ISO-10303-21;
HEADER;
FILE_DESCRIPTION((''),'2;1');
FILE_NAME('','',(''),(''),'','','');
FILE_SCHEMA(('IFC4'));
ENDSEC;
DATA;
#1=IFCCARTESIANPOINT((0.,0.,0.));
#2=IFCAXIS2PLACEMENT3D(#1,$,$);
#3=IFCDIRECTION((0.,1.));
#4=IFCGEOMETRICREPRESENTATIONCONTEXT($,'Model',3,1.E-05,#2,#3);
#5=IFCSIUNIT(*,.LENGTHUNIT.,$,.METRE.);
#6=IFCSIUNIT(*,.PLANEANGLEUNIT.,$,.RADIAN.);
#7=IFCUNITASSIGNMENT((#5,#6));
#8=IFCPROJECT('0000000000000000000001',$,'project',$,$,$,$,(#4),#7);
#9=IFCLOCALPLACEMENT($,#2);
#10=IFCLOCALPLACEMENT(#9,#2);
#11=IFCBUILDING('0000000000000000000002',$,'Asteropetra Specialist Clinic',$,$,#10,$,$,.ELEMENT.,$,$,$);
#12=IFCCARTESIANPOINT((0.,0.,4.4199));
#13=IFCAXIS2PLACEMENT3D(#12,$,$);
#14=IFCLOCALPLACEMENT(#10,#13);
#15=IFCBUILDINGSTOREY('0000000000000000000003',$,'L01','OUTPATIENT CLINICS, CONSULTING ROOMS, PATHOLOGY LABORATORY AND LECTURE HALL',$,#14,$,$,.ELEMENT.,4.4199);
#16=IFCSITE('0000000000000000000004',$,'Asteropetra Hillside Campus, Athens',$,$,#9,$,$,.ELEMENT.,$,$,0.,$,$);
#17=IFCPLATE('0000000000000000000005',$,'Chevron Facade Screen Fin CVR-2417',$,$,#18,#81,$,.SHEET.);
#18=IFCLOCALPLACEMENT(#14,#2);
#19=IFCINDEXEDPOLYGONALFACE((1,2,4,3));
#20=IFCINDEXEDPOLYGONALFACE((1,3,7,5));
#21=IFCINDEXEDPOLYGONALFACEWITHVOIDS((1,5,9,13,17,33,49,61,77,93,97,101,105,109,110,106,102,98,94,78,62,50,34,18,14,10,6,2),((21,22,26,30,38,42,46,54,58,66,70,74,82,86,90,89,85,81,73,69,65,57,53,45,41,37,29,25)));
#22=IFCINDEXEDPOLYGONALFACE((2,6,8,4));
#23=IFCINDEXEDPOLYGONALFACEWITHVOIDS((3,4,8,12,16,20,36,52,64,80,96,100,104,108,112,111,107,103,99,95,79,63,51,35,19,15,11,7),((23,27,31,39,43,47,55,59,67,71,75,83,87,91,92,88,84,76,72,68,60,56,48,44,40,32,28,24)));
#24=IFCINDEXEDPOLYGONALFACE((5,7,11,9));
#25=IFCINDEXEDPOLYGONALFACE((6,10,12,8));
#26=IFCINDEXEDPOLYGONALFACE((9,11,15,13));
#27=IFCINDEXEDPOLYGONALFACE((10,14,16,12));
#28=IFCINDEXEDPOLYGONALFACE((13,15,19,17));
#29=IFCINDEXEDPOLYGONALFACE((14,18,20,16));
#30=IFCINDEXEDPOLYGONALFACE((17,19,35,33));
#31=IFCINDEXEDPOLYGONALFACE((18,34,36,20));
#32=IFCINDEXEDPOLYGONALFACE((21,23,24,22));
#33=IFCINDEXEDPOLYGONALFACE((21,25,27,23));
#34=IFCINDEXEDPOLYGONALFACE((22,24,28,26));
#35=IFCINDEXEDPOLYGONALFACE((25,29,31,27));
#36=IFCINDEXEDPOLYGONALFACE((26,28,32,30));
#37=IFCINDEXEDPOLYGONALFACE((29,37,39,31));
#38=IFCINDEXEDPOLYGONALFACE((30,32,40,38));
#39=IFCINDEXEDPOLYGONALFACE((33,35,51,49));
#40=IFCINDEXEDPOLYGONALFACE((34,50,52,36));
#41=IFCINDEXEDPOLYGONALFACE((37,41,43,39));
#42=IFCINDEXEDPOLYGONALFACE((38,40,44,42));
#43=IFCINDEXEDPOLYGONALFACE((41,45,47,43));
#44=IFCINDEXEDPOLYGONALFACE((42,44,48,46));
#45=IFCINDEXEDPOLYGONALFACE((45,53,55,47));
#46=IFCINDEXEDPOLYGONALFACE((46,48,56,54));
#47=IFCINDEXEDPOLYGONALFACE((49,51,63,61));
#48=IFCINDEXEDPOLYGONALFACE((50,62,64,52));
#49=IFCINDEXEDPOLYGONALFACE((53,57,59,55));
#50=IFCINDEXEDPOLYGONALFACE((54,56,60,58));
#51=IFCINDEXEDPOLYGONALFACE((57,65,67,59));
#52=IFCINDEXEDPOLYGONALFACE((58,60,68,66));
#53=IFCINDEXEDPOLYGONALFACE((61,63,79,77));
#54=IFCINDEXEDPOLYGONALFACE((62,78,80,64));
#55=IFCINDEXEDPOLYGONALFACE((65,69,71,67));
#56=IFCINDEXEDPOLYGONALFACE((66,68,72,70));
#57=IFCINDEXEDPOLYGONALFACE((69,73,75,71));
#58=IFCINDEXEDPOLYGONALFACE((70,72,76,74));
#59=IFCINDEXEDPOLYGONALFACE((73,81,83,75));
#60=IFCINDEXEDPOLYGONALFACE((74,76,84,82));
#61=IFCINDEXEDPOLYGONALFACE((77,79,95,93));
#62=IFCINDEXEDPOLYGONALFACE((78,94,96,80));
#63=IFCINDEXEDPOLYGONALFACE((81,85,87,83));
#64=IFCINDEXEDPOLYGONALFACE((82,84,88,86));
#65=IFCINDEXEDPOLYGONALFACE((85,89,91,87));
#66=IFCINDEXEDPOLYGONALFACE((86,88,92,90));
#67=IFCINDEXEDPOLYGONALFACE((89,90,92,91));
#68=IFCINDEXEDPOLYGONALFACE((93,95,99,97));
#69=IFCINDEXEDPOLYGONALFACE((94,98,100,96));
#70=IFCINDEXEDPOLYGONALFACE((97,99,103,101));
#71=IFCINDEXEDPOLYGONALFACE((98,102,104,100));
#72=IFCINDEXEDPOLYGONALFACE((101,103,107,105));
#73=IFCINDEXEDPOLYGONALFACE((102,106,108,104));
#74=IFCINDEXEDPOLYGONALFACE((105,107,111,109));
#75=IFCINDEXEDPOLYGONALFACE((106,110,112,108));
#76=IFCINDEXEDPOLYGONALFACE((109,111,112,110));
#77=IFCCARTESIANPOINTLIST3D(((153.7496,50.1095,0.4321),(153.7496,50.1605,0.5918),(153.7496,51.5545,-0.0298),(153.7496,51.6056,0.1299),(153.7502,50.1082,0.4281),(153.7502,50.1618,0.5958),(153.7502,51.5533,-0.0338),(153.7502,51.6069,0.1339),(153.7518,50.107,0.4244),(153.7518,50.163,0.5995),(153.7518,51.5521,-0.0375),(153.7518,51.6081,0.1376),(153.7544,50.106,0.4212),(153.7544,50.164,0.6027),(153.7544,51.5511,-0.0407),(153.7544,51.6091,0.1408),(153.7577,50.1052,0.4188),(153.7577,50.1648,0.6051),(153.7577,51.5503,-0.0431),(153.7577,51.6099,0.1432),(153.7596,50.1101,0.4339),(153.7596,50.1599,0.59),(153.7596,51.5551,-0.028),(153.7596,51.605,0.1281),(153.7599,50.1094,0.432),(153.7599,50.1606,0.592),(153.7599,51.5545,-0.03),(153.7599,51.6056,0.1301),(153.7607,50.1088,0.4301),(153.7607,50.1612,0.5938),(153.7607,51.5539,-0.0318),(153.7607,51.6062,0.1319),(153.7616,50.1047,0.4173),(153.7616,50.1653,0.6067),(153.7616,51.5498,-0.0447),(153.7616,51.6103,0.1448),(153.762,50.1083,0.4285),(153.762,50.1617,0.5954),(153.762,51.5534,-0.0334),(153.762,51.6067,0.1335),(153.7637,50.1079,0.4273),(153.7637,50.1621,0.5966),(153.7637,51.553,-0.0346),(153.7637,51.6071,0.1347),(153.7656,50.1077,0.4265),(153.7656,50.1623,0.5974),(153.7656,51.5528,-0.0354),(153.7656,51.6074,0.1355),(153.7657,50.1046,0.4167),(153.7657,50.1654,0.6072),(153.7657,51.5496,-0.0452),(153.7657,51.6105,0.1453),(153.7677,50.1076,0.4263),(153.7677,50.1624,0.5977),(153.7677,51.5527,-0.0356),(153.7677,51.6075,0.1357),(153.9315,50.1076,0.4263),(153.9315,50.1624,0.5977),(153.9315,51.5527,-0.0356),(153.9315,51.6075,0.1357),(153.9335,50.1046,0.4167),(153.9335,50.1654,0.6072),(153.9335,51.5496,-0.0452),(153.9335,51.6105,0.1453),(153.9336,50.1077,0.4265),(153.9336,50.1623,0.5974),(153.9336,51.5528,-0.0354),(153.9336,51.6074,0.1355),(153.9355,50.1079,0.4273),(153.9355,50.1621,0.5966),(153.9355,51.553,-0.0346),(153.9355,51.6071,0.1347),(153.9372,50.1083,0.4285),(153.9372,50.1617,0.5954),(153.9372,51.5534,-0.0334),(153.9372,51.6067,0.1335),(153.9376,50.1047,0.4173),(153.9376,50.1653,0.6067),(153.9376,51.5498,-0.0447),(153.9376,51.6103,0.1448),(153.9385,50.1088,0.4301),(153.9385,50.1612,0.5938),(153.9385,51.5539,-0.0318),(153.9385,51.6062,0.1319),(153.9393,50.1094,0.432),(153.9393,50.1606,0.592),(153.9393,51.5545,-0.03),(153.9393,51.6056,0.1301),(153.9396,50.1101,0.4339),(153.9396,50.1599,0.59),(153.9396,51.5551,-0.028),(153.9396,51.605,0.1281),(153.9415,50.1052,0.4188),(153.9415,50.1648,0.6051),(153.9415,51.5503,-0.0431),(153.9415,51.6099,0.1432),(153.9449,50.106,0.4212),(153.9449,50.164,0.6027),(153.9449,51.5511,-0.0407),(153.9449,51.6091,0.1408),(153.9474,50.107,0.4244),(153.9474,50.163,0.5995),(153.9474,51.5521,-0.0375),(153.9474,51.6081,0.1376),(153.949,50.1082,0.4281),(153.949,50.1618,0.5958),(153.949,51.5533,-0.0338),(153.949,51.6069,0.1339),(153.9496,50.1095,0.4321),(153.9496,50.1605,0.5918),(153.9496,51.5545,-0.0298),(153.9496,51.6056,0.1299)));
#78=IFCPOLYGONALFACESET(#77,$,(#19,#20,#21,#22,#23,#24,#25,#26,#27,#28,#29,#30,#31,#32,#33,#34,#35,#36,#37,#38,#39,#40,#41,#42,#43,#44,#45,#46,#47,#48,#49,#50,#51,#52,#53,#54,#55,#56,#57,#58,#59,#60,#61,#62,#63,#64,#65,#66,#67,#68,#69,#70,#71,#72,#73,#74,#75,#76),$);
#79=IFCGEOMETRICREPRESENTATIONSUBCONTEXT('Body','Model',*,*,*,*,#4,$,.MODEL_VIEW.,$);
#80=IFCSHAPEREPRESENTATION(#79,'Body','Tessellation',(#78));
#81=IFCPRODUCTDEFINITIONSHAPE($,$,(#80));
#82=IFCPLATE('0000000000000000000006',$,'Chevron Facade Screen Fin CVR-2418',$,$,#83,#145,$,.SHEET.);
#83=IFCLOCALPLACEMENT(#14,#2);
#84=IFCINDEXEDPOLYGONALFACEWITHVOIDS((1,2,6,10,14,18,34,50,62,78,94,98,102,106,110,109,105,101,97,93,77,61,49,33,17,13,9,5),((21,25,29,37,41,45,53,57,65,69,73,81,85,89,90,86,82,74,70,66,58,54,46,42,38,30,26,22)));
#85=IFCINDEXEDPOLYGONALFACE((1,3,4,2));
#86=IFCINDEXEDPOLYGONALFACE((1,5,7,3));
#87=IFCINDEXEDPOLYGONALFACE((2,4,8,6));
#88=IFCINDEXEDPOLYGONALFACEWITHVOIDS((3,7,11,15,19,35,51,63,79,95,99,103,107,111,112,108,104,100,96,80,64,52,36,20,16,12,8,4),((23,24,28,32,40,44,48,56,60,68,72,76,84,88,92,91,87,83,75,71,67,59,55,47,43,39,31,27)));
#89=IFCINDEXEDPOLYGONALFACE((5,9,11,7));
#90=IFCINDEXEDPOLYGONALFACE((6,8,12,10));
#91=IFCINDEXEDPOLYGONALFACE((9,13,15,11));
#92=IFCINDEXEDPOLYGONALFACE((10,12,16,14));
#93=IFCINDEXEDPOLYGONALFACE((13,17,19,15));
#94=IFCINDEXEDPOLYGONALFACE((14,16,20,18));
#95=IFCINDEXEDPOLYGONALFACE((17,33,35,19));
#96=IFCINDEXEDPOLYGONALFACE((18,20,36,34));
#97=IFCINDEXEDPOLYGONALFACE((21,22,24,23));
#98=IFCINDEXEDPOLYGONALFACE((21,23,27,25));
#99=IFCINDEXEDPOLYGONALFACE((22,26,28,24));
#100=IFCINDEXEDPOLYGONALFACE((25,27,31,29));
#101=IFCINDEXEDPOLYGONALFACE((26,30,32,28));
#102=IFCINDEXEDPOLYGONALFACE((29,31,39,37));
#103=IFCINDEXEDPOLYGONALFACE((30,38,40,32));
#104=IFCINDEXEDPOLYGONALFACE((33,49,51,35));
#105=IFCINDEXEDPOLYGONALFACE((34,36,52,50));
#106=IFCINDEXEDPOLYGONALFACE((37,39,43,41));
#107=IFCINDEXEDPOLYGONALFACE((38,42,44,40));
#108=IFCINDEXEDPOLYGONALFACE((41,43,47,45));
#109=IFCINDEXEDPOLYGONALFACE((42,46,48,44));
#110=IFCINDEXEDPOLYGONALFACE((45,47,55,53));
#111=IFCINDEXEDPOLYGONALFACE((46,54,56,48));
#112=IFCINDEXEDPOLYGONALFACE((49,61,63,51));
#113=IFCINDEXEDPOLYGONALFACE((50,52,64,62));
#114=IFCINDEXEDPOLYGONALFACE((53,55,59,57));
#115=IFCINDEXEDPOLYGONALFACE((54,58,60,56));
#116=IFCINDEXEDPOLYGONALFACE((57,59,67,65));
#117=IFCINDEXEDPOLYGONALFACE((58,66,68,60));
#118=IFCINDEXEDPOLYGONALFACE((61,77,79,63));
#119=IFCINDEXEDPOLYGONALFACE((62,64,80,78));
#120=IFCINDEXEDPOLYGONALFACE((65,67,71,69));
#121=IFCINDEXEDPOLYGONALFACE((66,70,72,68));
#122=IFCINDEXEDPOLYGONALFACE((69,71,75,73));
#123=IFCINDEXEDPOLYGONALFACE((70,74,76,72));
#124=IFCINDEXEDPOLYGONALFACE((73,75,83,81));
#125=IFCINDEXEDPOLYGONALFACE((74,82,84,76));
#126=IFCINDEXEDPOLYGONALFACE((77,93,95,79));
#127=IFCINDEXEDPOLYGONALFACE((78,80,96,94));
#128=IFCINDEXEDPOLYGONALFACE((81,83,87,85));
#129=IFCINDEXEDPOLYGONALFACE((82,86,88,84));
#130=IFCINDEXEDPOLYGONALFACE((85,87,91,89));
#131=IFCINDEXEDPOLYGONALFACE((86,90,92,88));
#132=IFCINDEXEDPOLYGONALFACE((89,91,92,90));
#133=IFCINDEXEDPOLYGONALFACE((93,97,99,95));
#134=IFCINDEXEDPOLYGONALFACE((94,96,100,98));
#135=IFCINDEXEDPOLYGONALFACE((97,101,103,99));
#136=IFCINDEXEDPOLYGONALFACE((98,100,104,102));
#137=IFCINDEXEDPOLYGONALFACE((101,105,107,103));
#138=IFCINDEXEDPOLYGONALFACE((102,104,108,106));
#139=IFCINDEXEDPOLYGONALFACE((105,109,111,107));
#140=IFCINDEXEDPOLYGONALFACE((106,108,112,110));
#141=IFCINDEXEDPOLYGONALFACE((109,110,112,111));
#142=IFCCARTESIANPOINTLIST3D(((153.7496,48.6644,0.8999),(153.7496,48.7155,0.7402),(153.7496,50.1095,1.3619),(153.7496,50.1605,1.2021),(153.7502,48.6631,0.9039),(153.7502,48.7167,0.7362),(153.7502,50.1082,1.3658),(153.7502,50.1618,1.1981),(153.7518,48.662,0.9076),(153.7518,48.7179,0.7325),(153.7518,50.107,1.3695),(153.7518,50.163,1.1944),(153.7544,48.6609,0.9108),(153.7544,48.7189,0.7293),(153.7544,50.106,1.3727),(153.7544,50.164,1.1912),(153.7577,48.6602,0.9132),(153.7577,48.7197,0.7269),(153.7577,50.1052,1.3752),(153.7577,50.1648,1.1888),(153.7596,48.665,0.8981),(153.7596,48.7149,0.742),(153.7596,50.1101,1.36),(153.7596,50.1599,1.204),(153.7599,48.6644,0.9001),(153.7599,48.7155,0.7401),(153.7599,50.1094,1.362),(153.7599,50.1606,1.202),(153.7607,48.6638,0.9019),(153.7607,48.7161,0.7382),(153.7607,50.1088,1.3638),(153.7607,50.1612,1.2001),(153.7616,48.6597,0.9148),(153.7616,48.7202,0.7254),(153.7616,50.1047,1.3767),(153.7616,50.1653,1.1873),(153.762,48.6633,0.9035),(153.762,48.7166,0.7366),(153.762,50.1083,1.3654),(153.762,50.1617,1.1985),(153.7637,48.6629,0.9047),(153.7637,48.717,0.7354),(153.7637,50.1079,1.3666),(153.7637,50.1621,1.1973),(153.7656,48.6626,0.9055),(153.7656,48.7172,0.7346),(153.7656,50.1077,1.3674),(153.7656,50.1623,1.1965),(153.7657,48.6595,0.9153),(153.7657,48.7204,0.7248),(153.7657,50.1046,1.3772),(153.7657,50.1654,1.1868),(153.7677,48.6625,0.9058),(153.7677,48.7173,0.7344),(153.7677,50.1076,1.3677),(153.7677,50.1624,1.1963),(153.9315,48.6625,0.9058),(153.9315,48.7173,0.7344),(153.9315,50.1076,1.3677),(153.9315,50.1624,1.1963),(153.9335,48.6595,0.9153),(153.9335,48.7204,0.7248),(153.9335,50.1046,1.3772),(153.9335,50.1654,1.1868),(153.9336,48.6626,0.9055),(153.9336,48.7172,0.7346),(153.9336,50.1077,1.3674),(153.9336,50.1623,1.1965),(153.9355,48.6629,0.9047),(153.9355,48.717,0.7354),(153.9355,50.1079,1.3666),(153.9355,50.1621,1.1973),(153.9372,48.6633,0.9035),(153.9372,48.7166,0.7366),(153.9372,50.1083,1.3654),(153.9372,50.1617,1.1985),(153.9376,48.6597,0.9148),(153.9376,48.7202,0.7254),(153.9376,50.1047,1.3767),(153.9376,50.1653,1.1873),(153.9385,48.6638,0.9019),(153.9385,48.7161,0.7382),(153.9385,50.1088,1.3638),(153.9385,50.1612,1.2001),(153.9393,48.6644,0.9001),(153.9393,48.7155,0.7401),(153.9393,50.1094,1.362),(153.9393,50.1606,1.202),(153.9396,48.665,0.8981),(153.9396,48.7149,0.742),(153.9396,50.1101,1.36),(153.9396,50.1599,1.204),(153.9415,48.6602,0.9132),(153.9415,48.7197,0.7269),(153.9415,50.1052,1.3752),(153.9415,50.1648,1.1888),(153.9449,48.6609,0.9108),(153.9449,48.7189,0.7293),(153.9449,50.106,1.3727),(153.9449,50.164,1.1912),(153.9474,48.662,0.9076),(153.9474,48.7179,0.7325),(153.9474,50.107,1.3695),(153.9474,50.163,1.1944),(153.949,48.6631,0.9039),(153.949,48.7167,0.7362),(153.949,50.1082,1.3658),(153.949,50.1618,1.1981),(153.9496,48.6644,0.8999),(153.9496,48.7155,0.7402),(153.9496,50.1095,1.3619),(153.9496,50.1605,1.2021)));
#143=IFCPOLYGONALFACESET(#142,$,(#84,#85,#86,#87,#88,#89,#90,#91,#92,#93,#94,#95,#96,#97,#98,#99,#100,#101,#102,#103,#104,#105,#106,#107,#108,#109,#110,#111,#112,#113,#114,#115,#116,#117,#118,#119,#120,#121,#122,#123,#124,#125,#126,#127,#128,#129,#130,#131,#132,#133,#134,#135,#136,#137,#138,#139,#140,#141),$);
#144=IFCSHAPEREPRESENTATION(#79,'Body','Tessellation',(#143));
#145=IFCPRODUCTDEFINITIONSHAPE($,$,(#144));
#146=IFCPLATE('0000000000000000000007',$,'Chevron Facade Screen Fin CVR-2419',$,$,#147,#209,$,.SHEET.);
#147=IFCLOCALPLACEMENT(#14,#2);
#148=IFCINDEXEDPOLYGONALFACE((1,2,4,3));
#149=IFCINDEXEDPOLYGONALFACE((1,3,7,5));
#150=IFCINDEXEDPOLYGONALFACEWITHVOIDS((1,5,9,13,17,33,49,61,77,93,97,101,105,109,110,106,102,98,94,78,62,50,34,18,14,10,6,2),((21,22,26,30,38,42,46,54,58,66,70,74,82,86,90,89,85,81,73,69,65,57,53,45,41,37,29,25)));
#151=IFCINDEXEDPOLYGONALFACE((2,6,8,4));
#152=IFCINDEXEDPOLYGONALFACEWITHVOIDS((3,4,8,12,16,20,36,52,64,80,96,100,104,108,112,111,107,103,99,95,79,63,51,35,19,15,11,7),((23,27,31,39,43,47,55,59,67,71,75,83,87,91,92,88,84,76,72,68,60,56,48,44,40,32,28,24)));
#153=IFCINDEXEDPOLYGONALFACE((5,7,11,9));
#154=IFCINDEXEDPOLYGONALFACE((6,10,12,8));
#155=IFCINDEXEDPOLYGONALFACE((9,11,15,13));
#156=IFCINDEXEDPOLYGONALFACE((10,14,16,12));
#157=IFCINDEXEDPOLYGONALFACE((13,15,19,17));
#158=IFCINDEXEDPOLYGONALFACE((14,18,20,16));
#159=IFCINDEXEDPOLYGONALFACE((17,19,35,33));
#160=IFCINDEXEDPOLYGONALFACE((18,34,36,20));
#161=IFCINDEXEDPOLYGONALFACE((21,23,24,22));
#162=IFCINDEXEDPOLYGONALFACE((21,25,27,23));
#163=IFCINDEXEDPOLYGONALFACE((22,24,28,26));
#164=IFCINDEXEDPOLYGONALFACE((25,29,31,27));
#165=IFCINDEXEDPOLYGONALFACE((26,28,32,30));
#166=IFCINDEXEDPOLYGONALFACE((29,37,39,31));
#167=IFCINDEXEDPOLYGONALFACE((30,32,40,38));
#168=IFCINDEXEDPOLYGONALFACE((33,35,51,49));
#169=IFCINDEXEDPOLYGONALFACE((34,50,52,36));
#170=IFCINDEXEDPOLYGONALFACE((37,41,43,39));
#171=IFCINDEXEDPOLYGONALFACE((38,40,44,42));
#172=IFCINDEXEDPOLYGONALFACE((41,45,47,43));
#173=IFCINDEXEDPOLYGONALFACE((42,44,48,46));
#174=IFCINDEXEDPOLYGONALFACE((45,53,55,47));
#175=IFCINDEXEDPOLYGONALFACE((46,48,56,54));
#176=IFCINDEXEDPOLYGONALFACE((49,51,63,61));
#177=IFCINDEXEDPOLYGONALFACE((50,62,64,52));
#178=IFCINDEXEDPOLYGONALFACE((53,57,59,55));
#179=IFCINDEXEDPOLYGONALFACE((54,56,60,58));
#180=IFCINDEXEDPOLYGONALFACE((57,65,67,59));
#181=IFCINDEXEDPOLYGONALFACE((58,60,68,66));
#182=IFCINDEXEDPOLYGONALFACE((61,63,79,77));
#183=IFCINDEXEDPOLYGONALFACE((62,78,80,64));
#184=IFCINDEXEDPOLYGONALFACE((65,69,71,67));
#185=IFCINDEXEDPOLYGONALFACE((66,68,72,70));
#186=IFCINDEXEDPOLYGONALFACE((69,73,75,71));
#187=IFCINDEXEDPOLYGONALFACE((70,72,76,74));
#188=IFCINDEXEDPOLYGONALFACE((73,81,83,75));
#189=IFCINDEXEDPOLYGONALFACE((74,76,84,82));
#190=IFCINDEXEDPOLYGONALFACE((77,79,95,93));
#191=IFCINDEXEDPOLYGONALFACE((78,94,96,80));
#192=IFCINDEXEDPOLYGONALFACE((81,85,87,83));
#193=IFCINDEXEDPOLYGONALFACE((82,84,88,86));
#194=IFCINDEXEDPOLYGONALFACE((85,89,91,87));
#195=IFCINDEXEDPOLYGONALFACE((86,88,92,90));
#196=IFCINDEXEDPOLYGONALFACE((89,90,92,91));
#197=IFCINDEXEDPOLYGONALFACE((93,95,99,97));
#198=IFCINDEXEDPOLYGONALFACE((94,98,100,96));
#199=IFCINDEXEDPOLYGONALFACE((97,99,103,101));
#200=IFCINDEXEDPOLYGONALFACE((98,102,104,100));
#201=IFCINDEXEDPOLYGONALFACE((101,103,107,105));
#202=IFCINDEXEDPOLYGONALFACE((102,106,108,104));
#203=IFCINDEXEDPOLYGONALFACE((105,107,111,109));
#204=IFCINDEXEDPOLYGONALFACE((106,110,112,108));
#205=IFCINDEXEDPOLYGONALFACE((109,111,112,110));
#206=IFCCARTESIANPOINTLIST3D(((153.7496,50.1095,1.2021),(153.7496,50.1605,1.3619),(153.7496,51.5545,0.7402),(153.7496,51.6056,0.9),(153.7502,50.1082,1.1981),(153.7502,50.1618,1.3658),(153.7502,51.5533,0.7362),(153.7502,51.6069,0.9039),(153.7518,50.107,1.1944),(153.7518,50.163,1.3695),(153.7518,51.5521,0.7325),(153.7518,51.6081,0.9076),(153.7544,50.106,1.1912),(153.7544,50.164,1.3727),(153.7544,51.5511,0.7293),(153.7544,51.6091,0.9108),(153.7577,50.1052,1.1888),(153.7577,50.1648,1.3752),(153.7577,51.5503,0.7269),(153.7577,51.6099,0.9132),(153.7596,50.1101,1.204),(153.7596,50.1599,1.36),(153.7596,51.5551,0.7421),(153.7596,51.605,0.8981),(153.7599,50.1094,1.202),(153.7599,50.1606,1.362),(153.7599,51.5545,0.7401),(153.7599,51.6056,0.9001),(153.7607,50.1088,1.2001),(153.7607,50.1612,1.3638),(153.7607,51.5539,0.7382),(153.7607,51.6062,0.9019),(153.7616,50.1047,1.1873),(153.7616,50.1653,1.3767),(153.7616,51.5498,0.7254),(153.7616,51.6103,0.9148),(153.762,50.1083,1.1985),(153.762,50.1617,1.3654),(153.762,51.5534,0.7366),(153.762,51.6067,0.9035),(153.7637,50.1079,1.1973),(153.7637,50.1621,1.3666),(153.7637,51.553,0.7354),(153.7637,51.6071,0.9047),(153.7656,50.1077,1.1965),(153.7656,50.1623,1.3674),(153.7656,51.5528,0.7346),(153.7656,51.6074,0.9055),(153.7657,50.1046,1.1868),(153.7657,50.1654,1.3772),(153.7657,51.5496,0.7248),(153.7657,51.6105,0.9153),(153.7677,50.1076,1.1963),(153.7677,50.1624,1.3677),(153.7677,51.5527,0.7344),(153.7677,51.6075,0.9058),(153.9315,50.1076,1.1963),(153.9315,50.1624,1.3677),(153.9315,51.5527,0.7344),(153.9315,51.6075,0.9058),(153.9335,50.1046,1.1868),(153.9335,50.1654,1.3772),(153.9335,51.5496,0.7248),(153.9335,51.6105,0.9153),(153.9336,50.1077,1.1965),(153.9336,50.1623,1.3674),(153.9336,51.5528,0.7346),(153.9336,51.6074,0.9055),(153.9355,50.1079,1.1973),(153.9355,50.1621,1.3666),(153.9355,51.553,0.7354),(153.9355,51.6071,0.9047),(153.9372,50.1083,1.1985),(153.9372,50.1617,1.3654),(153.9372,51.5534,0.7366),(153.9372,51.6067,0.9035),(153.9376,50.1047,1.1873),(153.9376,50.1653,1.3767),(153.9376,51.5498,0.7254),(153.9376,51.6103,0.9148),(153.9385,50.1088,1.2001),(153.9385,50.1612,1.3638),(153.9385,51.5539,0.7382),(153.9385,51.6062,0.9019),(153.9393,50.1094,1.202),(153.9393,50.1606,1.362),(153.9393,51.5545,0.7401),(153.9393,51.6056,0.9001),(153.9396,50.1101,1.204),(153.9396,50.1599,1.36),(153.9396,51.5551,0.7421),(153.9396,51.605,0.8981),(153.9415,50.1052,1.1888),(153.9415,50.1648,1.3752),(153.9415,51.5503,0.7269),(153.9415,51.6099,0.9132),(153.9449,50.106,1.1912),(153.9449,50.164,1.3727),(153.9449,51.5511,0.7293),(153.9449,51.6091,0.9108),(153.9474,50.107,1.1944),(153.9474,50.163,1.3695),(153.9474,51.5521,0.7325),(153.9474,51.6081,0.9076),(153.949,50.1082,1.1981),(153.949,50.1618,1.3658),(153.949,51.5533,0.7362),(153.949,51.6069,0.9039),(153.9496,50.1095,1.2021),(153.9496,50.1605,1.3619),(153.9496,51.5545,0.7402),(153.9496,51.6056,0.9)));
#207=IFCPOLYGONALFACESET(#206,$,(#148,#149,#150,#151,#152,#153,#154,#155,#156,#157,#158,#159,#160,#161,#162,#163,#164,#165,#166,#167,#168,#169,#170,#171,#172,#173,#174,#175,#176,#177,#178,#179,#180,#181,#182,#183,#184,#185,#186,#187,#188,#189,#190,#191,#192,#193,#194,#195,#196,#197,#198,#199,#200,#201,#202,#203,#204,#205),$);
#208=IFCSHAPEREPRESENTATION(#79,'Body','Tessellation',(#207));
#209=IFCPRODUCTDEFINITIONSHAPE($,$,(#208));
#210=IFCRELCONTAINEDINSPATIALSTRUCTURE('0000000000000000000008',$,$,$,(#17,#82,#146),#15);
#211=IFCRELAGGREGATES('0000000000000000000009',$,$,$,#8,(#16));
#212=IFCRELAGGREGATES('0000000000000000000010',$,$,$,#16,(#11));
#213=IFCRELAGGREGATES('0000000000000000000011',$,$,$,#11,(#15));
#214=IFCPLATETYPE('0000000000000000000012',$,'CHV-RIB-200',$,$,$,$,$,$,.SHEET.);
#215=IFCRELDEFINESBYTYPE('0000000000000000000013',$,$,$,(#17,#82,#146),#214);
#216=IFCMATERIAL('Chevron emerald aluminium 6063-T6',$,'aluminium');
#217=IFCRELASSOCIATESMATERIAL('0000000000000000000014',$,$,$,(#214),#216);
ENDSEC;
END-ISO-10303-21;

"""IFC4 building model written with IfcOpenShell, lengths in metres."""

from ifc_helpers import new_model, si_unit, direction, frame, origin, origin_2d, place, context, subcontext, project, spatial, hollow_rectangle, extrude, material, material_profile, profile_set, type_object, element, save


model = new_model("IFC4")

# Units and contexts
model_context = context("Model", 3, precision=1e-05, world=origin(), true_north=direction((0.0, 1.0)))
body_context = subcontext(model_context, "Body", "Model", "MODEL_VIEW")
ifc_project = project(units=[si_unit("LENGTHUNIT", "METRE"), si_unit("PLANEANGLEUNIT", "RADIAN")], contexts=[model_context])

# Site, building, storey
site_placement = place(None, origin())
site = spatial("IfcSite", under=ifc_project, at=site_placement, Name="Asteropetra Hillside Campus, Athens", CompositionType="ELEMENT", RefElevation=0.0)
building_placement = place(site_placement, origin())
building = spatial("IfcBuilding", under=site, at=building_placement, Name="Asteropetra Specialist Clinic", CompositionType="ELEMENT")
storey_placement = place(building_placement, frame((0.0, 0.0, 4.4199)))
storey = spatial("IfcBuildingStorey", under=building, at=storey_placement, Name="L01", Description="OUTPATIENT CLINICS, CONSULTING ROOMS, PATHOLOGY LABORATORY AND LECTURE HALL", CompositionType="ELEMENT", Elevation=4.4199)

# Plates
ifc_material_1 = material(Name="Chevron emerald aluminium 6063-T6", Category="aluminium")
ifc_material_profile = material_profile(ifc_material_1, hollow_rectangle(XDim=0.2, YDim=0.2, WallThickness=0.01, InnerFilletRadius=0.0081, OuterFilletRadius=0.0161, at=origin_2d()), Name="SHS 200x200x10.0")
ifc_profile_set = profile_set([ifc_material_profile], Name="Chevron emerald aluminium 6063-T6")
plate_type = type_object("IfcPlateType", Name="CHV-RIB-200", PredefinedType="SHEET", material=ifc_profile_set)
for number, where, z_axis, x_axis, name in (
    (1, (153.8496, 50.135, 0.512), (0.0, 0.952521, -0.304472), (-1.0, 0.0, 0.0), "Chevron Facade Screen Fin CVR-2417"),
    (2, (153.8496, 48.6899, 0.8201), (0.0, 0.952521, 0.304472), (-1.0, 0.0, 0.0), "Chevron Facade Screen Fin CVR-2418"),
    (3, (153.8496, 50.135, 1.282), (0.0, 0.952521, -0.304472), (-1.0, 0.0, 0.0), "Chevron Facade Screen Fin CVR-2419"),
):
    element("IfcPlate", number, at=place(storey_placement, frame(where, z_axis=z_axis, x_axis=x_axis)), inside=storey, type_object=plate_type, Name=name, PredefinedType="SHEET", context=body_context, shape_type="SweptSolid", body=[
        extrude(hollow_rectangle(XDim=0.2, YDim=0.2, WallThickness=0.01, InnerFilletRadius=0.0081, OuterFilletRadius=0.0161, at=origin_2d()), origin(), (0.0, 0.0, 1.0), 1.5171),
    ])

save(model, "model.ifc")
